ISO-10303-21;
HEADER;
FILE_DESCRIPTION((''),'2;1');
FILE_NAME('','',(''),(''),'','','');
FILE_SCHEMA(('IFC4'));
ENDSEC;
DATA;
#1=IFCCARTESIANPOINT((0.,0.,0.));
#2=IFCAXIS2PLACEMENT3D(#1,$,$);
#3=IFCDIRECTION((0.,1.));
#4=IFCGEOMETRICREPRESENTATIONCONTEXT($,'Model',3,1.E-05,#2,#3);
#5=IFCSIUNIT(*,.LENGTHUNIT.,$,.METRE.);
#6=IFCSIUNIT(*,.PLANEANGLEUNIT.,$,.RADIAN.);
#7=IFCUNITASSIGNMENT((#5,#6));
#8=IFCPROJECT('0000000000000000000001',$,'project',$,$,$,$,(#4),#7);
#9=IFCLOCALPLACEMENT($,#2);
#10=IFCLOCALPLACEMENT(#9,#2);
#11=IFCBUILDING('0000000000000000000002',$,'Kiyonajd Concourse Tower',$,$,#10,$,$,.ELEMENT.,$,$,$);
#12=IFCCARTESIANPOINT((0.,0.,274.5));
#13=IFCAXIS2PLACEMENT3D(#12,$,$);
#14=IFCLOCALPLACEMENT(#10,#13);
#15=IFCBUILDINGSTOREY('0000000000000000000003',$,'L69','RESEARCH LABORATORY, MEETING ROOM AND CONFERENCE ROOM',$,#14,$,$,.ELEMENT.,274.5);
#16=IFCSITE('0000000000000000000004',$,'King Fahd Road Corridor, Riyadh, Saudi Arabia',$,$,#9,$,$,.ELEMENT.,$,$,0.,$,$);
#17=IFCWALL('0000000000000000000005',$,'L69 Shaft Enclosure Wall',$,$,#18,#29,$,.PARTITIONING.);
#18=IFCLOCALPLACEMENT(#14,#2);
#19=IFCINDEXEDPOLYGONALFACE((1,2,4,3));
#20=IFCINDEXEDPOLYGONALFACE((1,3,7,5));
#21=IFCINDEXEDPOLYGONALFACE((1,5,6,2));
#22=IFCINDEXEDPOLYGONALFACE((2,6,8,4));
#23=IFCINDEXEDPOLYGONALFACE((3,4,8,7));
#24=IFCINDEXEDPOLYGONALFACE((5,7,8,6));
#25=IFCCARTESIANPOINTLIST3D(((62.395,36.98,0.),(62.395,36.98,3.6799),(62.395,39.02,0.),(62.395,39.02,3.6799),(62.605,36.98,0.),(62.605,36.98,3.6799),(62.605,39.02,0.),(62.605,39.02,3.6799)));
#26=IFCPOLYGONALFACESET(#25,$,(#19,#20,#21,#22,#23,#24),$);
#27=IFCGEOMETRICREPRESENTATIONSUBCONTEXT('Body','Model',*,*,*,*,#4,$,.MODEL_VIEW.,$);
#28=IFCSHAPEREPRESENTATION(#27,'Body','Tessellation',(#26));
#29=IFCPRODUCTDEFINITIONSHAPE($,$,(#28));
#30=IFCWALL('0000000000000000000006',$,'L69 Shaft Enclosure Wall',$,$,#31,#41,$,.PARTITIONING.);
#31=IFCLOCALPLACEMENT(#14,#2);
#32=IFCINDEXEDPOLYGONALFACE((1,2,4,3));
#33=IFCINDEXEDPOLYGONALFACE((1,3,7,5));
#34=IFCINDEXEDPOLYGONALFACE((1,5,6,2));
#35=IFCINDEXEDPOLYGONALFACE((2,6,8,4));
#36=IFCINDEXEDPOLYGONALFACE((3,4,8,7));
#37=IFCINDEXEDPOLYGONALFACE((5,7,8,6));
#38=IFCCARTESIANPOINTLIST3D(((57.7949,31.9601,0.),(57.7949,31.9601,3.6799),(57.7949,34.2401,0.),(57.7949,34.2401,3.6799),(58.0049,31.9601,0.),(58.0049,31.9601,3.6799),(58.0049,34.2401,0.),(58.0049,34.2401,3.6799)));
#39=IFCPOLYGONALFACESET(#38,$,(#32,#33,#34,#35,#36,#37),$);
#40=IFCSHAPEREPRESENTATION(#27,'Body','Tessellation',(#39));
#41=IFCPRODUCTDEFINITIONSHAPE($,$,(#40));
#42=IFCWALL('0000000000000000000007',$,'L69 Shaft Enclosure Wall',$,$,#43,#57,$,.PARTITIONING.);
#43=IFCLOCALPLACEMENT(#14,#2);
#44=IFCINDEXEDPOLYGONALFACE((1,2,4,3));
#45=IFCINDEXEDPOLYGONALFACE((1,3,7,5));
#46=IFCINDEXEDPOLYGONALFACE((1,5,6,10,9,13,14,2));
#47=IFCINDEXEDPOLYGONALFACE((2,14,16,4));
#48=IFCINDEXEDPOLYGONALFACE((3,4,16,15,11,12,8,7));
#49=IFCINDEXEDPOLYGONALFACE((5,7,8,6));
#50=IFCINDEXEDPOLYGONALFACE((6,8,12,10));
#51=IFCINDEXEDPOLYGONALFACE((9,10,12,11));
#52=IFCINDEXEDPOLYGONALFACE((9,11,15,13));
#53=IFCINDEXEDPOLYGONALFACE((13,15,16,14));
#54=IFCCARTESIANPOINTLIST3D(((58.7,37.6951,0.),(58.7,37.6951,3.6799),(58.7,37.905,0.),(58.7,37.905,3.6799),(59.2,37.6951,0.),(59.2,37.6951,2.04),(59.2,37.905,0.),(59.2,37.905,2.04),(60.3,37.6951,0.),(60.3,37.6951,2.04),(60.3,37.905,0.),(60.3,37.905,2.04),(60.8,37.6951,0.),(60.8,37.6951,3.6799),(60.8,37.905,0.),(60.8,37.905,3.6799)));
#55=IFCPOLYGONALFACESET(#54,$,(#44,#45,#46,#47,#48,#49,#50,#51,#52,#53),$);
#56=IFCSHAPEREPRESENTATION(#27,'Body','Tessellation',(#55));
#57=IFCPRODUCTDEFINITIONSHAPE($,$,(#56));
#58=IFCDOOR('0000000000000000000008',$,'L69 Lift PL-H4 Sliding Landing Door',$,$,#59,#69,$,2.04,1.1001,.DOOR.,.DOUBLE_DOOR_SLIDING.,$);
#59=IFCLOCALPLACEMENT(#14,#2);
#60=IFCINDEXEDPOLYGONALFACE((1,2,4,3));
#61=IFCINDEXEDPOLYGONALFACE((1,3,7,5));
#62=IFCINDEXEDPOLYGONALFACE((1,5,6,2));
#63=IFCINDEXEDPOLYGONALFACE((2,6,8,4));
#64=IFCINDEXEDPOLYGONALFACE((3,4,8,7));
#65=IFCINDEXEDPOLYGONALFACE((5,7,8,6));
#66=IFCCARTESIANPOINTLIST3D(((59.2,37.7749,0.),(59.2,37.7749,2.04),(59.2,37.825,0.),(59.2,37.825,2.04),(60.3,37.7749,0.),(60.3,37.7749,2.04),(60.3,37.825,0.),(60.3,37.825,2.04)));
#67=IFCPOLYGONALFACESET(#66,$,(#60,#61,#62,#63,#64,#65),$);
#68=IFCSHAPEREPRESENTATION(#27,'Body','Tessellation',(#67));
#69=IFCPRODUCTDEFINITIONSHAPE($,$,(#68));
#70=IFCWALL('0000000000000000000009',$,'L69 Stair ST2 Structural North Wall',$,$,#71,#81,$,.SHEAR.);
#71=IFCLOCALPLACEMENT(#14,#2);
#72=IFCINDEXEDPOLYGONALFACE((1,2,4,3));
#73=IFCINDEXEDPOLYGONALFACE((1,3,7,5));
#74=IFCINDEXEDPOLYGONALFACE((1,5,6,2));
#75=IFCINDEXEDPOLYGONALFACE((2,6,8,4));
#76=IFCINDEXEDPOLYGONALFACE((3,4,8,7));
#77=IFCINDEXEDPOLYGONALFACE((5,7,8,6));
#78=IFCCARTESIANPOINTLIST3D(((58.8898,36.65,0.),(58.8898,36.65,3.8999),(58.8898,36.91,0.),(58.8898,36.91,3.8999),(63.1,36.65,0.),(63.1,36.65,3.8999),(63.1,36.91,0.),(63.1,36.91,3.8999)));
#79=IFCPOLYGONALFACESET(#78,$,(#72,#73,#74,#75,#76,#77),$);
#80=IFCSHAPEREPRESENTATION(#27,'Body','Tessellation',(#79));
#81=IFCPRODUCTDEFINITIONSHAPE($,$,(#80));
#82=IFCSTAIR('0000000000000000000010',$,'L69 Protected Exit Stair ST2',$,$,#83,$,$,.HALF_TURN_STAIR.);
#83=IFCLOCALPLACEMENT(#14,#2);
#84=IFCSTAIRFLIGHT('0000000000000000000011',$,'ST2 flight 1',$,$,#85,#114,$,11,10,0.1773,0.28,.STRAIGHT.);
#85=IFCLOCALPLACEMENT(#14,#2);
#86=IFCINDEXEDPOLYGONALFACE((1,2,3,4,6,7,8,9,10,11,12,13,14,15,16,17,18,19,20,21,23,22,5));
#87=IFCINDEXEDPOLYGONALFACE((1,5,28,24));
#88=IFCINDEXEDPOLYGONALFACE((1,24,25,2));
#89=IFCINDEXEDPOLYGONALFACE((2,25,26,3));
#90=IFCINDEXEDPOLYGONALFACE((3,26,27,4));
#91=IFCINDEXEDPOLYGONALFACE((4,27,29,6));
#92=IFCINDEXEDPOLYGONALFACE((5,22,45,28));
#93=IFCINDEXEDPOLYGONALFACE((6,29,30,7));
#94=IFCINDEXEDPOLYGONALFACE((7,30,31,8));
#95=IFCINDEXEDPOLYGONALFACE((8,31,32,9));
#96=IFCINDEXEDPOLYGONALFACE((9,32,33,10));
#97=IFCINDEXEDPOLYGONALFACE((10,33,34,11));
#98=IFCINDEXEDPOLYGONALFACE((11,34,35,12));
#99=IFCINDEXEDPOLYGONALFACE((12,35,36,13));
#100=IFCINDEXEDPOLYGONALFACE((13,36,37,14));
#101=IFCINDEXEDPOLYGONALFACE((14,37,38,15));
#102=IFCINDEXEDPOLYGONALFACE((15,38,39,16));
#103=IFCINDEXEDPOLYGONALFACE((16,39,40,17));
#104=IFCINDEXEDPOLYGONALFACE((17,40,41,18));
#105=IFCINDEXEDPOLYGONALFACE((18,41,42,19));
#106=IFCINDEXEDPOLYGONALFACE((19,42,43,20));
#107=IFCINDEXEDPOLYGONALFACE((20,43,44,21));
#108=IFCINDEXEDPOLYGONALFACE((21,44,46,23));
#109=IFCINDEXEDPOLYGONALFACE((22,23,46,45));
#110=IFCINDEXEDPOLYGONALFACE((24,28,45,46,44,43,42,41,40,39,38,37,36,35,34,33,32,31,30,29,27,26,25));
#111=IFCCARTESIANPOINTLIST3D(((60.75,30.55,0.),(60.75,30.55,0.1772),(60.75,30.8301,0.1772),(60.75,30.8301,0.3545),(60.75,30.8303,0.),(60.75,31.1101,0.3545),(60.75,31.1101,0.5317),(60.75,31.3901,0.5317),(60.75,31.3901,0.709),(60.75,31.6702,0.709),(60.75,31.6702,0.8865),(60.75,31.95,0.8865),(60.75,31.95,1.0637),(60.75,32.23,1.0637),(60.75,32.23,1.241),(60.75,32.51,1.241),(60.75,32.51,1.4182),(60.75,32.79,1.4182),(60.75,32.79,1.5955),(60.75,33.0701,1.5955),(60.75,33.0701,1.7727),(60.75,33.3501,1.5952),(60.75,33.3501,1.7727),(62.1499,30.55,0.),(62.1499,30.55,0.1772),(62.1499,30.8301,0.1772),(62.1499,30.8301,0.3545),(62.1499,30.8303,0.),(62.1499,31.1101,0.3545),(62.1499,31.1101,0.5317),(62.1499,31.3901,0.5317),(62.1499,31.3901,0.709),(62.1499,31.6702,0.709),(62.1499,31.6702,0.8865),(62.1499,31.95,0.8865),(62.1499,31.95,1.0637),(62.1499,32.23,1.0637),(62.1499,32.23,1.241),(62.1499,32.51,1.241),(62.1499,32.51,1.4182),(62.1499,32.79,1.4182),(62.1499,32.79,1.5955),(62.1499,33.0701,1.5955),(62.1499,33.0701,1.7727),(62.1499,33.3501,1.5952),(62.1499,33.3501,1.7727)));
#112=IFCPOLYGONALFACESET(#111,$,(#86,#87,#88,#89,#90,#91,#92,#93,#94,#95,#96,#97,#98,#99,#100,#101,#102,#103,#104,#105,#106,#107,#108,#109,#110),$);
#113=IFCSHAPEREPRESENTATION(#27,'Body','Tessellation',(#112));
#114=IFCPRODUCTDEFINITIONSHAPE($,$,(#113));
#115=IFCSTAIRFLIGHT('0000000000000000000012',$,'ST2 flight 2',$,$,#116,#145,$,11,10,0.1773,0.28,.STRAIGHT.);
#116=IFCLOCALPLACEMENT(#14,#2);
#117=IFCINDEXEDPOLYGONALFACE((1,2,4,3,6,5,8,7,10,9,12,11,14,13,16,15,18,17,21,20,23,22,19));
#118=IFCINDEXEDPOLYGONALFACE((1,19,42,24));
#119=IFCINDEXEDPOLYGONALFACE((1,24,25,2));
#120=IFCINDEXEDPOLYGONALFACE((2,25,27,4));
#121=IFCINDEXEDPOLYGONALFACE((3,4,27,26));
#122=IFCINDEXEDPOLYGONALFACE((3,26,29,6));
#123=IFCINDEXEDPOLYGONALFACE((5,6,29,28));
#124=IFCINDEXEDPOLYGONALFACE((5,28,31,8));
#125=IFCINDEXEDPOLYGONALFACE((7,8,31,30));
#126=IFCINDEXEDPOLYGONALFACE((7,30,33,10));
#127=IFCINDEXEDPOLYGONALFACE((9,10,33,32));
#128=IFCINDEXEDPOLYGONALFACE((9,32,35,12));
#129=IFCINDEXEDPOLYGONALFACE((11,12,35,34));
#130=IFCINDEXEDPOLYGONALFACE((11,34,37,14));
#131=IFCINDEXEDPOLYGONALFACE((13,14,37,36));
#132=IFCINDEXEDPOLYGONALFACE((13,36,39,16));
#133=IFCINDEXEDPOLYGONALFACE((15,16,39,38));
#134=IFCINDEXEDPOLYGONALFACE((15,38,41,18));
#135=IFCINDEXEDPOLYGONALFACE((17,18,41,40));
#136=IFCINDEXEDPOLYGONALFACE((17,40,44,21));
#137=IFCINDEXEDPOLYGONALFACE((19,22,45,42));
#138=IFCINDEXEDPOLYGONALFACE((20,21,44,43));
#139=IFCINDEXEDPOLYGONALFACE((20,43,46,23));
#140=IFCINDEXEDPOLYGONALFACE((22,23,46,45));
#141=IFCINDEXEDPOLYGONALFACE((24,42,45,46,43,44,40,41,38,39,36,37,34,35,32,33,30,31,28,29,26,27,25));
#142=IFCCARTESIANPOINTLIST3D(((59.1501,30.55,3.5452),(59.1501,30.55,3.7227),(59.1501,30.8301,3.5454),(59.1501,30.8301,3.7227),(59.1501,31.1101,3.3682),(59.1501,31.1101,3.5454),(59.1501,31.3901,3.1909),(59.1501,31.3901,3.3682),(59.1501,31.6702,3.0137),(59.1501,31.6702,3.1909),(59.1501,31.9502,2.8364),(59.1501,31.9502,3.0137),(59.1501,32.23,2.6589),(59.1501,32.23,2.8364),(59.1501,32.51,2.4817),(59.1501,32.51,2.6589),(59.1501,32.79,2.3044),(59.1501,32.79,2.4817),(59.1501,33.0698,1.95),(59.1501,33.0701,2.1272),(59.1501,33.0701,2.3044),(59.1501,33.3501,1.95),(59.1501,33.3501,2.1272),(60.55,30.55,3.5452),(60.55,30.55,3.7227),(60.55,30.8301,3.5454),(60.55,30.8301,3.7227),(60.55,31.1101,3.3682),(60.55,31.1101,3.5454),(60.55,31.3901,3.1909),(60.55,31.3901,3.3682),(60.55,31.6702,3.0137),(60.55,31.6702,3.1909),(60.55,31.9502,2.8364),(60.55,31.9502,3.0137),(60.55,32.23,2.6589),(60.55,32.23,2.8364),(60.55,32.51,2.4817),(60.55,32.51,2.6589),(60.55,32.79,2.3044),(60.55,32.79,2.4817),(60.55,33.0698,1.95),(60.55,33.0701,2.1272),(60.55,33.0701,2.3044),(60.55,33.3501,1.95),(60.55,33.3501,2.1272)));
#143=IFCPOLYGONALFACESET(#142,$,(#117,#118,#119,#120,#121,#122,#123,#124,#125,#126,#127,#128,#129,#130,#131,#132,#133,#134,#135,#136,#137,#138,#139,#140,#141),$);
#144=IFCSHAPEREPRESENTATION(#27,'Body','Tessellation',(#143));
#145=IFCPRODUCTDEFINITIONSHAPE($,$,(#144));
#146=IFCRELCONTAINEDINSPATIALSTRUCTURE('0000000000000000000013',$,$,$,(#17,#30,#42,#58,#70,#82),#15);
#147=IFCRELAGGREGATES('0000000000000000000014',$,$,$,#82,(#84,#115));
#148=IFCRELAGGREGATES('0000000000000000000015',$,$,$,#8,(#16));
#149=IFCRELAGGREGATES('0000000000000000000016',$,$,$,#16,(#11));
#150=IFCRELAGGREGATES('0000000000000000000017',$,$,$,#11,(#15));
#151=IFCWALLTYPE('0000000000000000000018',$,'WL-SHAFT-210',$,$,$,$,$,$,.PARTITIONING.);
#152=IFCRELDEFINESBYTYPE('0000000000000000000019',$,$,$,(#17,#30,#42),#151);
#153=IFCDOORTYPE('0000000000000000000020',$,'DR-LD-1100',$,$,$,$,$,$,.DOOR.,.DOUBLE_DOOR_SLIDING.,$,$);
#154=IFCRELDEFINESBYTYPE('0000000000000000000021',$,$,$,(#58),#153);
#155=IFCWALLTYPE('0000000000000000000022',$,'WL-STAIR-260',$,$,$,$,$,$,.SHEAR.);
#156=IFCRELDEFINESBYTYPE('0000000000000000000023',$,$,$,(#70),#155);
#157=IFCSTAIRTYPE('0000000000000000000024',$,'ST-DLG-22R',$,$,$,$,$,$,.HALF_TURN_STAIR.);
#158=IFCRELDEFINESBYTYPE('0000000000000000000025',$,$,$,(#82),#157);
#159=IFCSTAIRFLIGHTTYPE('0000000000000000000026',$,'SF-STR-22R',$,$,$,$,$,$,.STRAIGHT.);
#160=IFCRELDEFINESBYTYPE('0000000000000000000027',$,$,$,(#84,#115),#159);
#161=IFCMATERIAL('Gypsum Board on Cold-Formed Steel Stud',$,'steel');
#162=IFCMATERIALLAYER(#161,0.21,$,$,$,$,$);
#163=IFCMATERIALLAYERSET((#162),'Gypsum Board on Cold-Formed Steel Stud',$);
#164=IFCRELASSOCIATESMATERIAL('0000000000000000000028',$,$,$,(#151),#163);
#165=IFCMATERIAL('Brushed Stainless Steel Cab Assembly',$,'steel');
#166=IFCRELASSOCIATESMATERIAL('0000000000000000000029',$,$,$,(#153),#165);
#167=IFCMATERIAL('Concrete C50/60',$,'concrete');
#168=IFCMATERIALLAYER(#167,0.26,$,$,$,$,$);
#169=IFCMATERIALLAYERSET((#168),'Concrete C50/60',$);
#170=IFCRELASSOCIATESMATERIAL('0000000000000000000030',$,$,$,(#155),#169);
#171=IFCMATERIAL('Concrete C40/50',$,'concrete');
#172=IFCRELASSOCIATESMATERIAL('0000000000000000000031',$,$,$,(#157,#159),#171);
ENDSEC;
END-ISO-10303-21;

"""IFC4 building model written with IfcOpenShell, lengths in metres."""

from ifc_helpers import new_model, si_unit, direction, frame, frame_2d, origin, place, context, subcontext, project, spatial, polyline, rectangle, outline, extrude, material, layer, layer_set, type_object, element, fill, aggregate, save


model = new_model("IFC4")

# Units and contexts
model_context = context("Model", 3, precision=1e-05, world=origin(), true_north=direction((0.0, 1.0)))
body_context = subcontext(model_context, "Body", "Model", "MODEL_VIEW")
ifc_project = project(units=[si_unit("LENGTHUNIT", "METRE"), si_unit("PLANEANGLEUNIT", "RADIAN")], contexts=[model_context])

# Site, building, storey
site_placement = place(None, origin())
site = spatial("IfcSite", under=ifc_project, at=site_placement, Name="King Fahd Road Corridor, Riyadh, Saudi Arabia", CompositionType="ELEMENT", RefElevation=0.0)
building_placement = place(site_placement, origin())
building = spatial("IfcBuilding", under=site, at=building_placement, Name="Kiyonajd Concourse Tower", CompositionType="ELEMENT")
storey_placement = place(building_placement, frame((0.0, 0.0, 274.5)))
storey = spatial("IfcBuildingStorey", under=building, at=storey_placement, Name="L69", Description="RESEARCH LABORATORY, MEETING ROOM AND CONFERENCE ROOM", CompositionType="ELEMENT", Elevation=274.5)

# Shared definitions
ifc_material_1 = material(Name="Concrete C50/60", Category="concrete")

# Walls
ifc_material_2 = material(Name="Gypsum Board on Cold-Formed Steel Stud", Category="steel")
ifc_layer_1 = layer(ifc_material_2, 0.21)
ifc_layer_set_1 = layer_set([ifc_layer_1], Name="Gypsum Board on Cold-Formed Steel Stud")
wall_type_1 = type_object("IfcWallType", Name="WL-SHAFT-210", PredefinedType="PARTITIONING", material=ifc_layer_set_1)
wall_1_placement = place(storey_placement, frame((62.5, 36.98, 0.0), z_axis=(0.0, 0.0, 1.0), x_axis=(0.0, 1.0, 0.0)))
element("IfcWall", 1, at=wall_1_placement, inside=storey, type_object=wall_type_1, Name="L69 Shaft Enclosure Wall", PredefinedType="PARTITIONING", context=body_context, shape_type="SweptSolid", body=[
    extrude(rectangle(XDim=2.04, YDim=0.21, at=frame_2d((1.02, 0.0))), origin(), (0.0, 0.0, 1.0), 3.6799),
])
wall_2_placement = place(storey_placement, frame((57.8999, 31.96, 0.0), z_axis=(0.0, 0.0, 1.0), x_axis=(0.0, 1.0, 0.0)))
element("IfcWall", 2, at=wall_2_placement, inside=storey, type_object=wall_type_1, Name="L69 Shaft Enclosure Wall", PredefinedType="PARTITIONING", context=body_context, shape_type="SweptSolid", body=[
    extrude(rectangle(XDim=2.28, YDim=0.21, at=frame_2d((1.1401, 0.0))), origin(), (0.0, 0.0, 1.0), 3.6799),
])

# Wall, opening, door
wall_3_placement = place(storey_placement, frame((58.7, 37.8, 0.0), z_axis=(0.0, 0.0, 1.0), x_axis=(1.0, 0.0, 0.0)))
wall_3 = element("IfcWall", 3, at=wall_3_placement, inside=storey, type_object=wall_type_1, Name="L69 Shaft Enclosure Wall", PredefinedType="PARTITIONING", context=body_context, shape_type="SweptSolid", body=[
    extrude(rectangle(XDim=2.1001, YDim=0.21, at=frame_2d((1.05, 0.0))), origin(), (0.0, 0.0, 1.0), 3.6799),
])
opening_1_placement = place(wall_3_placement, frame((0.5, 0.0, 0.0)))
opening_1 = element("IfcOpeningElement", 4, at=opening_1_placement, cuts=wall_3, PredefinedType="OPENING", context=body_context, shape_type="SweptSolid", body=[
    extrude(rectangle(XDim=1.1001, YDim=2.04, at=frame_2d((0.55, 1.02))), frame((0.0, 0.115, 0.0), z_axis=(0.0, -1.0, 0.0), x_axis=(1.0, 0.0, 0.0)), (0.0, 0.0, 1.0), 0.23),
])
ifc_material_3 = material(Name="Brushed Stainless Steel Cab Assembly", Category="steel")
door_type = type_object("IfcDoorType", Name="DR-LD-1100", OperationType="DOUBLE_DOOR_SLIDING", PredefinedType="DOOR", material=ifc_material_3)
door_placement = place(opening_1_placement, origin())
door = element("IfcDoor", 5, at=door_placement, inside=storey, type_object=door_type, Name="L69 Lift PL-H4 Sliding Landing Door", OperationType="DOUBLE_DOOR_SLIDING", OverallHeight=2.04, OverallWidth=1.1001, PredefinedType="DOOR", context=body_context, shape_type="SweptSolid", body=[
    extrude(rectangle(XDim=1.1001, YDim=2.04, at=frame_2d((0.55, 1.02))), frame((0.0, 0.0249, 0.0), z_axis=(0.0, -1.0, 0.0), x_axis=(1.0, 0.0, 0.0)), (0.0, 0.0, 1.0), 0.05),
])
fill(opening_1, door)

# Wall
ifc_layer_2 = layer(ifc_material_1, 0.26)
ifc_layer_set_2 = layer_set([ifc_layer_2], Name="Concrete C50/60")
wall_type_2 = type_object("IfcWallType", Name="WL-STAIR-260", PredefinedType="SHEAR", material=ifc_layer_set_2)
wall_4_placement = place(storey_placement, frame((58.8899, 36.78, 0.0), z_axis=(0.0, 0.0, 1.0), x_axis=(1.0, 0.0, 0.0)))
element("IfcWall", 6, at=wall_4_placement, inside=storey, type_object=wall_type_2, Name="L69 Stair ST2 Structural North Wall", PredefinedType="SHEAR", context=body_context, shape_type="SweptSolid", body=[
    extrude(rectangle(XDim=4.2102, YDim=0.26, at=frame_2d((2.105, 0.0))), origin(), (0.0, 0.0, 1.0), 3.8999),
])

# Stair, stair flights
ifc_material_4 = material(Name="Concrete C40/50", Category="concrete")
stair_type = type_object("IfcStairType", Name="ST-DLG-22R", PredefinedType="HALF_TURN_STAIR", material=ifc_material_4)
stair_placement = place(storey_placement, origin())
stair = element("IfcStair", 7, at=stair_placement, inside=storey, type_object=stair_type, Name="L69 Protected Exit Stair ST2", PredefinedType="HALF_TURN_STAIR")
stair_flight_type = type_object("IfcStairFlightType", Name="SF-STR-22R", PredefinedType="STRAIGHT", material=ifc_material_4)
stair_flight_1_placement = place(storey_placement, frame((61.45, 30.55, 0.0), z_axis=(0.0, 0.0, 1.0), x_axis=(0.0, 1.0, 0.0)))
stair_flight_1 = element("IfcStairFlight", 8, at=stair_flight_1_placement, type_object=stair_flight_type, Name="ST2 flight 1", NumberOfRisers=11, NumberOfTreads=10, PredefinedType="STRAIGHT", RiserHeight=0.1773, TreadLength=0.28, context=body_context, shape_type="SweptSolid", body=[
    extrude(outline(polyline([(0.0, 0.0), (0.0, 0.1772), (0.28, 0.1772), (0.28, 0.3545), (0.5601, 0.3545), (0.5601, 0.5317), (0.8401, 0.5317), (0.8401, 0.709), (1.1201, 0.709), (1.1201, 0.8865), (1.3999, 0.8865), (1.3999, 1.0637), (1.6799, 1.0637), (1.6799, 1.241), (1.96, 1.241), (1.96, 1.4182), (2.24, 1.4182), (2.24, 1.5955), (2.52, 1.5955), (2.52, 1.7727), (2.8, 1.7727), (2.8, 1.95), (2.8, 1.5952), (0.2803, 0.0), (0.0, 0.0)])), frame((0.0, 0.7, 0.0), z_axis=(0.0, -1.0, 0.0), x_axis=(1.0, 0.0, 0.0)), (0.0, 0.0, 1.0), 1.3999),
])
stair_flight_2_placement = place(storey_placement, frame((59.8501, 33.3501, 1.95), z_axis=(0.0, 0.0, 1.0), x_axis=(0.0, -1.0, 0.0)))
stair_flight_2 = element("IfcStairFlight", 9, at=stair_flight_2_placement, type_object=stair_flight_type, Name="ST2 flight 2", NumberOfRisers=11, NumberOfTreads=10, PredefinedType="STRAIGHT", RiserHeight=0.1773, TreadLength=0.28, context=body_context, shape_type="SweptSolid", body=[
    extrude(outline(polyline([(0.0, 0.0), (0.0, 0.1772), (0.28, 0.1772), (0.28, 0.3545), (0.5601, 0.3545), (0.5601, 0.5317), (0.8401, 0.5317), (0.8401, 0.709), (1.1201, 0.709), (1.1201, 0.8865), (1.3999, 0.8865), (1.3999, 1.0637), (1.6799, 1.0637), (1.6799, 1.241), (1.96, 1.241), (1.96, 1.4182), (2.24, 1.4182), (2.24, 1.5955), (2.52, 1.5955), (2.52, 1.7727), (2.8, 1.7727), (2.8, 1.95), (2.8, 1.5952), (0.2803, 0.0), (0.0, 0.0)])), frame((0.0, 0.7, 0.0), z_axis=(0.0, -1.0, 0.0), x_axis=(1.0, 0.0, 0.0)), (0.0, 0.0, 1.0), 1.3999),
])
aggregate(stair, [stair_flight_1, stair_flight_2])

save(model, "model.ifc")
